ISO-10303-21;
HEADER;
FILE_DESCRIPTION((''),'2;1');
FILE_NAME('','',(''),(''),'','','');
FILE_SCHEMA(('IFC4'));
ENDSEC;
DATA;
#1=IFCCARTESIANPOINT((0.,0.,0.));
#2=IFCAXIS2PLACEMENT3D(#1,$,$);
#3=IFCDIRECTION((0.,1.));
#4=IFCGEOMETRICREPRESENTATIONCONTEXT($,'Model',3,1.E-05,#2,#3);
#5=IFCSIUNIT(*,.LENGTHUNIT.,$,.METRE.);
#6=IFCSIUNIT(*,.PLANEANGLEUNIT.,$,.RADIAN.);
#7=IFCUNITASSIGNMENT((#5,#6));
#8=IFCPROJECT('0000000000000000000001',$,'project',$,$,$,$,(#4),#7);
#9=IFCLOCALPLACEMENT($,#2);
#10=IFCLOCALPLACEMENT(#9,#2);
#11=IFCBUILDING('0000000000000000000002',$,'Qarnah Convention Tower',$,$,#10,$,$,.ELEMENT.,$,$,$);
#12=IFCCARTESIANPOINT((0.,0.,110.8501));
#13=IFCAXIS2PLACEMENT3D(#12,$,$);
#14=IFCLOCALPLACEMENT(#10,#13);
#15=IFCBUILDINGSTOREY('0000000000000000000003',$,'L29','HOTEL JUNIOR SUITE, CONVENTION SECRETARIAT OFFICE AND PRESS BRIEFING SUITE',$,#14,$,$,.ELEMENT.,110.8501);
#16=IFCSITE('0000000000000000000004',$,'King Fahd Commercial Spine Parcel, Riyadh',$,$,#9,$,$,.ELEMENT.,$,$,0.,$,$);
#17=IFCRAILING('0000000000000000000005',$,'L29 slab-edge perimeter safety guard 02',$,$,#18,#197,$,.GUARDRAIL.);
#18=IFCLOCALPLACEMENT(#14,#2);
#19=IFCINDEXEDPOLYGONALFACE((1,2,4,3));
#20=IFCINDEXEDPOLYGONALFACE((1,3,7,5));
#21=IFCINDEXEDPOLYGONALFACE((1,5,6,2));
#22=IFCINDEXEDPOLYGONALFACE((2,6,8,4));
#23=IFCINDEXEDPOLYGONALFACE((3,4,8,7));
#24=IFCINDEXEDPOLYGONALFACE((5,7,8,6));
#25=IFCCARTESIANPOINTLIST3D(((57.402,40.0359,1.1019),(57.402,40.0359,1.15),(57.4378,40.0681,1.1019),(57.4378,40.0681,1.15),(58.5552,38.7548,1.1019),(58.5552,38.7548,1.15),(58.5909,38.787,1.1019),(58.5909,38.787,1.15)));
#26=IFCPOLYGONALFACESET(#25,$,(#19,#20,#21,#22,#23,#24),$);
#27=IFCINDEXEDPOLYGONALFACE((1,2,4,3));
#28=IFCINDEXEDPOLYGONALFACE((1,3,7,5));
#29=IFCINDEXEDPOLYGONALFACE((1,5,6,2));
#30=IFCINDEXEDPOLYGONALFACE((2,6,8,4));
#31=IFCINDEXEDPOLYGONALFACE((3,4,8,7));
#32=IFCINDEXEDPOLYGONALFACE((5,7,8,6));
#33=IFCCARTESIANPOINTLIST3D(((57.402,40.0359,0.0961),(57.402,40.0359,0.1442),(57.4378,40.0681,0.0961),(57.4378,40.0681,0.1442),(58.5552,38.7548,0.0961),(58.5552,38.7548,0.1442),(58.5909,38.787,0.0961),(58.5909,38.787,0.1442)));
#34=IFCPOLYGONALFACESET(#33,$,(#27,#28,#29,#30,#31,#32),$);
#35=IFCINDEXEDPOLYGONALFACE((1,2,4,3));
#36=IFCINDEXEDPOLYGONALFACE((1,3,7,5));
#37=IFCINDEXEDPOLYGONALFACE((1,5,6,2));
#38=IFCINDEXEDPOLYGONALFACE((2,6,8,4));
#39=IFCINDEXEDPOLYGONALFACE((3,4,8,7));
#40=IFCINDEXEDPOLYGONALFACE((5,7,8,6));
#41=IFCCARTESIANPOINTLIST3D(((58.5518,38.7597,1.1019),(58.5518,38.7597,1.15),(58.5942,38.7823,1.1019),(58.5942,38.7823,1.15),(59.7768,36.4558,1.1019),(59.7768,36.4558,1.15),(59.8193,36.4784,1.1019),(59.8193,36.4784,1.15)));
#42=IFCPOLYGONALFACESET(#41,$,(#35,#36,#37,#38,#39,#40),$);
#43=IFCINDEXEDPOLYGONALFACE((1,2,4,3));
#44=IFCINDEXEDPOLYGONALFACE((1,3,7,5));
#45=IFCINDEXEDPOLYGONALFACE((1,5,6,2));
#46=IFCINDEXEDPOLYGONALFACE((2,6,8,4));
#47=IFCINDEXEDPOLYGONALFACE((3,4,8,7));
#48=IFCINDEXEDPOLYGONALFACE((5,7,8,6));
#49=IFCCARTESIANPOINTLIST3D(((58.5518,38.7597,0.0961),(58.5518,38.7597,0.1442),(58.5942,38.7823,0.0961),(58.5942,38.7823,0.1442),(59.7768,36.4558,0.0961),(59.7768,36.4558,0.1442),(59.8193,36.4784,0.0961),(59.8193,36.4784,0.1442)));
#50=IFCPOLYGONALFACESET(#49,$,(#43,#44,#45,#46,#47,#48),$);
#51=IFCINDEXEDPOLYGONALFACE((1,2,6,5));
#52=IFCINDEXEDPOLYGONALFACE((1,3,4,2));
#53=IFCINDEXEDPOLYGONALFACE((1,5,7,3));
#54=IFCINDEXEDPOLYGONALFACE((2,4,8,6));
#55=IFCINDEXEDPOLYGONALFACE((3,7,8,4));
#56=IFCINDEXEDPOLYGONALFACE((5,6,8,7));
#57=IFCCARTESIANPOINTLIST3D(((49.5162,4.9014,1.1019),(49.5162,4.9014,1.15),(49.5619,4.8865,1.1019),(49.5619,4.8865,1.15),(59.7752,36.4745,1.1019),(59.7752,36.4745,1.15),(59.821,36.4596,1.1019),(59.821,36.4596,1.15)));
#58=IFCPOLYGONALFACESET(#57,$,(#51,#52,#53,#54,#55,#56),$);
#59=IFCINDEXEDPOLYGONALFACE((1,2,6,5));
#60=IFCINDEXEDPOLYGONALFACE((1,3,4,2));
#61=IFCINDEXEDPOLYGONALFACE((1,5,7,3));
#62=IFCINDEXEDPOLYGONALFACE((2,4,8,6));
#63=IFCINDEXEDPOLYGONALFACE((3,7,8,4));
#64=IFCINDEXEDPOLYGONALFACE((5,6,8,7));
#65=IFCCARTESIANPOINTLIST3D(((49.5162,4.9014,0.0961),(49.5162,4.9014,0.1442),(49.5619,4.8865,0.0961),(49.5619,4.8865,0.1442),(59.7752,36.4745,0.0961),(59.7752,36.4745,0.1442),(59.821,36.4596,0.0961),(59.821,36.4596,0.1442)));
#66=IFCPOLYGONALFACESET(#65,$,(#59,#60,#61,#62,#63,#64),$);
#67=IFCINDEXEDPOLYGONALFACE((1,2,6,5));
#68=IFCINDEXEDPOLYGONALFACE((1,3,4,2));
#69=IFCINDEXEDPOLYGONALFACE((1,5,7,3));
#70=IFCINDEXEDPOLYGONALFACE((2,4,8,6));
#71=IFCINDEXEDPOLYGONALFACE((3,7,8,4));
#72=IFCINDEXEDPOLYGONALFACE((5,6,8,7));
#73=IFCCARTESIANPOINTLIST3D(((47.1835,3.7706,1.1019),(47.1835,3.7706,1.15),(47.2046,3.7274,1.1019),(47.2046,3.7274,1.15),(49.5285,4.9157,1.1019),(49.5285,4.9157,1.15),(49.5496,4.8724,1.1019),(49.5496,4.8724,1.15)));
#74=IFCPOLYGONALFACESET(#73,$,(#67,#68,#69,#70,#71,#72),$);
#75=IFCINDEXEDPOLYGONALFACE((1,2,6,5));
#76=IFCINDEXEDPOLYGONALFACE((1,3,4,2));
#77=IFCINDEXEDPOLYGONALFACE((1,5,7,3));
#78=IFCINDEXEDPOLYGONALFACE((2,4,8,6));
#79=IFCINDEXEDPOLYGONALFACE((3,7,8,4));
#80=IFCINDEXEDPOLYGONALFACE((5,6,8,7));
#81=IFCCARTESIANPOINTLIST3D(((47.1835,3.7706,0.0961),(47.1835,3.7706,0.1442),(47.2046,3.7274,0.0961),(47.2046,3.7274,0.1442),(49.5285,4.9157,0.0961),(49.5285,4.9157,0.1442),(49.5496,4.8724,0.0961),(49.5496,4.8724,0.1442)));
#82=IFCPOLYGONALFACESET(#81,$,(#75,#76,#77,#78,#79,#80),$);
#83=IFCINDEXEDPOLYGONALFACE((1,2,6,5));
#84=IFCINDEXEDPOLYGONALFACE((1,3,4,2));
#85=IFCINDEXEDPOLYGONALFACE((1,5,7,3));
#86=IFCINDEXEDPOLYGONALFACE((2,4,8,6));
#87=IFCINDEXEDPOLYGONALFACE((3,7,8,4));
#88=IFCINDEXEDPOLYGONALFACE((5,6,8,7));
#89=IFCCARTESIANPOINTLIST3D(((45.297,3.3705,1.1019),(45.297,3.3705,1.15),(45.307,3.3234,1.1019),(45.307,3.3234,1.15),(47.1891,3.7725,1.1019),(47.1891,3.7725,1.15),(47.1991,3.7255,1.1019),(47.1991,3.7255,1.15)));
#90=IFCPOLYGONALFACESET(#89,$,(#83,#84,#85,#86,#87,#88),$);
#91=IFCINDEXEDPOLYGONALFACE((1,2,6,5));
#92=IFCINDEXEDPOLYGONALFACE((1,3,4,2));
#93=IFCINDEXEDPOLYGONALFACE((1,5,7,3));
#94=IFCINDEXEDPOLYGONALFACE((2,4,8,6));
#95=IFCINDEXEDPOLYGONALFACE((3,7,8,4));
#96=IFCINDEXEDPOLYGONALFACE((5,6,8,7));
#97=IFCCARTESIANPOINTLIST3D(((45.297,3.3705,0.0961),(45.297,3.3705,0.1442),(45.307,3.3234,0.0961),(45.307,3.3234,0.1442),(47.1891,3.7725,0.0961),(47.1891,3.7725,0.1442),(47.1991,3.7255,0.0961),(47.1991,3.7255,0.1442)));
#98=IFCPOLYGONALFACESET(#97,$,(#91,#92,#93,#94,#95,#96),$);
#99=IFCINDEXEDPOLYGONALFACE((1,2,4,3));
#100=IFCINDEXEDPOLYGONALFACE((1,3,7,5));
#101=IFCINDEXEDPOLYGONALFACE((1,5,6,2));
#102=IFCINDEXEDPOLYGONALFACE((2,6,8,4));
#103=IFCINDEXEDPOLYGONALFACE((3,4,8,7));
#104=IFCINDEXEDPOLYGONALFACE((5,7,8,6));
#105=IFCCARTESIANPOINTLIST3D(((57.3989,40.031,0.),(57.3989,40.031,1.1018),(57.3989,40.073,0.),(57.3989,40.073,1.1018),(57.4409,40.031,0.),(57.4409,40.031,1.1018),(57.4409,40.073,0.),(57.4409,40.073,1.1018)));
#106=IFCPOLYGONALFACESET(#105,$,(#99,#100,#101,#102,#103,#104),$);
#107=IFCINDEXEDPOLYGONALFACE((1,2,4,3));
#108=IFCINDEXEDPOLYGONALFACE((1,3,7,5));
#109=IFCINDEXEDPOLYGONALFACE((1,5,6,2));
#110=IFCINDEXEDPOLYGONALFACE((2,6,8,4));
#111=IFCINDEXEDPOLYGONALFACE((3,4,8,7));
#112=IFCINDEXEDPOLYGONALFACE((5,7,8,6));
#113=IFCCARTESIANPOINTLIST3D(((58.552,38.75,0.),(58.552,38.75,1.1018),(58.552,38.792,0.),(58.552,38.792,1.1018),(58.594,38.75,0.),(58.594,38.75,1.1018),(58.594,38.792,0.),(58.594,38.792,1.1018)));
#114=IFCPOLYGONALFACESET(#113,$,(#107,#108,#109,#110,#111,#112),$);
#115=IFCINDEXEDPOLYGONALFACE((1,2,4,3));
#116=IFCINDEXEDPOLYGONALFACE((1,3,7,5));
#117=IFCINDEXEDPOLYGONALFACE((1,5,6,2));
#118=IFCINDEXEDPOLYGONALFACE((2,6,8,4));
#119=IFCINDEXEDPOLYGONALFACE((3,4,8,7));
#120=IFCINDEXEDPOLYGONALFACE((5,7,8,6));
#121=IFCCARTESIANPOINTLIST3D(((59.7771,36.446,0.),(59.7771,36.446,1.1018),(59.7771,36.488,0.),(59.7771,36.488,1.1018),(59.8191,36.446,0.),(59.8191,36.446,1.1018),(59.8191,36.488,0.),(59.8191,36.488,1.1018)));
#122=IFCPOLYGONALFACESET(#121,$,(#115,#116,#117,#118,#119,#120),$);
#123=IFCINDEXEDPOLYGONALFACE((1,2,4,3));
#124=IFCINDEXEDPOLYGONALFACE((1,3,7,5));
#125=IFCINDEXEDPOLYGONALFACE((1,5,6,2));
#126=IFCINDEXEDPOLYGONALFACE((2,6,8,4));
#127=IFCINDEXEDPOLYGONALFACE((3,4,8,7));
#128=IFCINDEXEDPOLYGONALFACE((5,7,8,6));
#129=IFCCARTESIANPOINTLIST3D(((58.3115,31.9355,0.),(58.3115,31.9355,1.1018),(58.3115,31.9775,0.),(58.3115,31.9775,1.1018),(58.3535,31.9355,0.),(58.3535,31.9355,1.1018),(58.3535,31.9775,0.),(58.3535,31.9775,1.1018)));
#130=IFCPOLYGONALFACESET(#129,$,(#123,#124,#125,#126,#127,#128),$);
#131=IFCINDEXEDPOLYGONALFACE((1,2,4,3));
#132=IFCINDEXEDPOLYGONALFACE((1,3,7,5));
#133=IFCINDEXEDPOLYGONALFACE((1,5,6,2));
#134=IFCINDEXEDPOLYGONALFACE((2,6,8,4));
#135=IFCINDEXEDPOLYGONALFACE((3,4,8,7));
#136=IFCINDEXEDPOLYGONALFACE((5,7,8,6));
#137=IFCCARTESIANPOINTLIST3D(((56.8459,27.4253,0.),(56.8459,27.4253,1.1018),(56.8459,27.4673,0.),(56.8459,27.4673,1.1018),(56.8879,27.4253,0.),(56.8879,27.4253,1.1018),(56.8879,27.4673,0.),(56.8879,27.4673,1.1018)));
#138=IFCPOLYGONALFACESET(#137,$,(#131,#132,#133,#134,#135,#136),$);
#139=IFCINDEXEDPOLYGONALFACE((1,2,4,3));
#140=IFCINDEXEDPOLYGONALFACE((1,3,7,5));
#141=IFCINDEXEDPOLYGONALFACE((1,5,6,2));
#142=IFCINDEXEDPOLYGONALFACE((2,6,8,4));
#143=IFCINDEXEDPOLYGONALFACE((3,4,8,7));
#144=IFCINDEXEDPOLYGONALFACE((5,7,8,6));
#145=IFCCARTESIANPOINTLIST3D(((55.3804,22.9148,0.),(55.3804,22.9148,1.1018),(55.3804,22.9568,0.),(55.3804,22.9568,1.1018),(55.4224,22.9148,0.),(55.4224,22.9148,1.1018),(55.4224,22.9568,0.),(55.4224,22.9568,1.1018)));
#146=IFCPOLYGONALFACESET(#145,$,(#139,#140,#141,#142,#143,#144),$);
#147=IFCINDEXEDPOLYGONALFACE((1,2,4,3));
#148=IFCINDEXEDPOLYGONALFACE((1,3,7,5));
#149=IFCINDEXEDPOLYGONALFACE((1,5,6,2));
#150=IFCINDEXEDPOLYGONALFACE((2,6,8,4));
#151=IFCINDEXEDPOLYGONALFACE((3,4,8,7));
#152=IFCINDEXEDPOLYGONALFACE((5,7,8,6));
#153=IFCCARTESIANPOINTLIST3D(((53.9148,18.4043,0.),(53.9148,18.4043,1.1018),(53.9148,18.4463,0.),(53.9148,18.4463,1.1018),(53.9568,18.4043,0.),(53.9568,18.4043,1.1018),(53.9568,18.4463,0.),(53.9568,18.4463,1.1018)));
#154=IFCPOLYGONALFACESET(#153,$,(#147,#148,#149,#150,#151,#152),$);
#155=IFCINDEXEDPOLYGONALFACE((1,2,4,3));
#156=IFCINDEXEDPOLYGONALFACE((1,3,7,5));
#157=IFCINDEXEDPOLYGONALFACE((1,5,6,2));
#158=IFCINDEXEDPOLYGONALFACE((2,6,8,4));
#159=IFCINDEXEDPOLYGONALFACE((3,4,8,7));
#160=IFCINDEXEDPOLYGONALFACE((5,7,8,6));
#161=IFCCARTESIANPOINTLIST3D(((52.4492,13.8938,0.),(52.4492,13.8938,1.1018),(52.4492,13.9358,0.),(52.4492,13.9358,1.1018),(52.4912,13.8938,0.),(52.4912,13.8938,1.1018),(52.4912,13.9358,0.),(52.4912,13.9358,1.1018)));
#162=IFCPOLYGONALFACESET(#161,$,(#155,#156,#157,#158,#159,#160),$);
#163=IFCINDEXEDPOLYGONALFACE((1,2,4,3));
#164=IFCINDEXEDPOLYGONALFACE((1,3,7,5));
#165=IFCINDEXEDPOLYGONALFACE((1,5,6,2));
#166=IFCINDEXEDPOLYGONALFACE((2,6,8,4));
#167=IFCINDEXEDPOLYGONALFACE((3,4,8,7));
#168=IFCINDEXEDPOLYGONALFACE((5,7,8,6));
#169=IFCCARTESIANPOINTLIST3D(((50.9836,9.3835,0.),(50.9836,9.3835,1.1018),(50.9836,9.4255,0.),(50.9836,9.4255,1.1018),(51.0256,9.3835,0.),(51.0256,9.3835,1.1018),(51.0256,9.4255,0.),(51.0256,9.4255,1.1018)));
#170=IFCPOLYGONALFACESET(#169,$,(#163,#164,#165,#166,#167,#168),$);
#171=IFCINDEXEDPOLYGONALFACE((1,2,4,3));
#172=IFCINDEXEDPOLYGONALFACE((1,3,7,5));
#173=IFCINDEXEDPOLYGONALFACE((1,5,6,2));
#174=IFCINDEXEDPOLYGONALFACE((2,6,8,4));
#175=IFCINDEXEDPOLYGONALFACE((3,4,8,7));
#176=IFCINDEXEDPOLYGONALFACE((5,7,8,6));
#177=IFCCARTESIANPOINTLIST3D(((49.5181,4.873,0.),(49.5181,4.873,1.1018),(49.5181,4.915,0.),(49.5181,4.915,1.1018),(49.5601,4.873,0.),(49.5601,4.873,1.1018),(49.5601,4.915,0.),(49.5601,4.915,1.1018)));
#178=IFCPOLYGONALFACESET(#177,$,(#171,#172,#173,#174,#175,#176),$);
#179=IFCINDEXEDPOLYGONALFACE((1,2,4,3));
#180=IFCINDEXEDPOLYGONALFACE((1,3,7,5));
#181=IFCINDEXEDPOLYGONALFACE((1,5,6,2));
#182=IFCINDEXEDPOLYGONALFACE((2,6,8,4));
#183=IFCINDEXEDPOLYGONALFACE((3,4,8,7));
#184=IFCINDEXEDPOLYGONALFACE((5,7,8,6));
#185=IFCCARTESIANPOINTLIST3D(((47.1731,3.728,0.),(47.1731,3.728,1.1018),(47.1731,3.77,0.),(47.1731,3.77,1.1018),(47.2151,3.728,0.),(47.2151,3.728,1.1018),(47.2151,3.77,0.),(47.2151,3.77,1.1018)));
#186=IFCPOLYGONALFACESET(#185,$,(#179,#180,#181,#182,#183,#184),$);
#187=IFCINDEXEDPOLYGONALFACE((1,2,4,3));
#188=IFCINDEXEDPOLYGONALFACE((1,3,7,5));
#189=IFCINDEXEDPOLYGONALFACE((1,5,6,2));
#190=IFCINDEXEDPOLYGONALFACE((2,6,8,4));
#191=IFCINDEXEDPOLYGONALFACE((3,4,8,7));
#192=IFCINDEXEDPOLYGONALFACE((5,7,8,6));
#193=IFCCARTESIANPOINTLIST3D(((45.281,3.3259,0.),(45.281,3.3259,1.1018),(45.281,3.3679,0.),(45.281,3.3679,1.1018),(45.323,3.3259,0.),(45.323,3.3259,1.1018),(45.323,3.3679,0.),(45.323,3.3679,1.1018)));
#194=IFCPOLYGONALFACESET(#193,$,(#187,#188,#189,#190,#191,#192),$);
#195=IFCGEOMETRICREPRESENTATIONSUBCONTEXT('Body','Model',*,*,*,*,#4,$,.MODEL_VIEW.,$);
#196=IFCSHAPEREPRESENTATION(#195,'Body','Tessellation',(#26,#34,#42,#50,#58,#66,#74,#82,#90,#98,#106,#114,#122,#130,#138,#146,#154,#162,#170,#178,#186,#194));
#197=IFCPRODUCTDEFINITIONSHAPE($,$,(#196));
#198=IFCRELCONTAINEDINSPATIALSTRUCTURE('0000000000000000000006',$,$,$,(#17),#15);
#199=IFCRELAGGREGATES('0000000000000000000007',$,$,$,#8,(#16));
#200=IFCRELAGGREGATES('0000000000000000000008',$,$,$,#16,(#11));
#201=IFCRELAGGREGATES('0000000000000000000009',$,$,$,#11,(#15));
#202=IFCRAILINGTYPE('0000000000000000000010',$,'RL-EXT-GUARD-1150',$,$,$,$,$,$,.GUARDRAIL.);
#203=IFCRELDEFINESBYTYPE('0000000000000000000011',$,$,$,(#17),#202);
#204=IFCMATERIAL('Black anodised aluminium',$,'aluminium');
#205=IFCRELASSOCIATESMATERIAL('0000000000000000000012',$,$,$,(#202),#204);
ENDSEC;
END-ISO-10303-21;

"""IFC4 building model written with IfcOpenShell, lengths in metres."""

from ifc_helpers import new_model, si_unit, direction, frame, origin, origin_2d, place, context, subcontext, project, spatial, rectangle, extrude, material, type_object, element, save


model = new_model("IFC4")

# Units and contexts
model_context = context("Model", 3, precision=1e-05, world=origin(), true_north=direction((0.0, 1.0)))
body_context = subcontext(model_context, "Body", "Model", "MODEL_VIEW")
ifc_project = project(units=[si_unit("LENGTHUNIT", "METRE"), si_unit("PLANEANGLEUNIT", "RADIAN")], contexts=[model_context])

# Site, building, storey
site_placement = place(None, origin())
site = spatial("IfcSite", under=ifc_project, at=site_placement, Name="King Fahd Commercial Spine Parcel, Riyadh", CompositionType="ELEMENT", RefElevation=0.0)
building_placement = place(site_placement, origin())
building = spatial("IfcBuilding", under=site, at=building_placement, Name="Qarnah Convention Tower", CompositionType="ELEMENT")
storey_placement = place(building_placement, frame((0.0, 0.0, 110.8501)))
storey = spatial("IfcBuildingStorey", under=building, at=storey_placement, Name="L29", Description="HOTEL JUNIOR SUITE, CONVENTION SECRETARIAT OFFICE AND PRESS BRIEFING SUITE", CompositionType="ELEMENT", Elevation=110.8501)

# Shared definitions
ifc_material_1 = material(Name="Black anodised aluminium", Category="aluminium")

# Railing
railing_type = type_object("IfcRailingType", Name="RL-EXT-GUARD-1150", PredefinedType="GUARDRAIL", material=ifc_material_1)
railing_1_placement = place(storey_placement, frame((57.4199, 40.052, 0.0)))
element("IfcRailing", 1, at=railing_1_placement, inside=storey, type_object=railing_type, Name="L29 slab-edge perimeter safety guard 02", PredefinedType="GUARDRAIL", context=body_context, shape_type="SweptSolid", body=[
    extrude(rectangle(XDim=0.0481, YDim=0.0481, at=origin_2d()), frame((0.0, 0.0, 1.126), z_axis=(0.66902, -0.743245, 0.0), x_axis=(0.743245, 0.66902, 0.0)), (0.0, 0.0, 1.0), 1.7236),
    extrude(rectangle(XDim=0.0481, YDim=0.0481, at=origin_2d()), frame((0.0, 0.0, 0.1201), z_axis=(0.66902, -0.743245, 0.0), x_axis=(0.743245, 0.66902, 0.0)), (0.0, 0.0, 1.0), 1.7236),
    extrude(rectangle(XDim=0.0481, YDim=0.0481, at=origin_2d()), frame((1.1531, -1.281, 1.126), z_axis=(0.46949, -0.882938, 0.0), x_axis=(0.882938, 0.46949, 0.0)), (0.0, 0.0, 1.0), 2.6094),
    extrude(rectangle(XDim=0.0481, YDim=0.0481, at=origin_2d()), frame((1.1531, -1.281, 0.1201), z_axis=(0.46949, -0.882938, 0.0), x_axis=(0.882938, 0.46949, 0.0)), (0.0, 0.0, 1.0), 2.6094),
    extrude(rectangle(XDim=0.0481, YDim=0.0481, at=origin_2d()), frame((2.3782, -3.585, 1.126), z_axis=(-0.309026, -0.951053, 0.0), x_axis=(0.951053, -0.309026, 0.0)), (0.0, 0.0, 1.0), 33.198),
    extrude(rectangle(XDim=0.0481, YDim=0.0481, at=origin_2d()), frame((2.3782, -3.585, 0.1201), z_axis=(-0.309026, -0.951053, 0.0), x_axis=(0.951053, -0.309026, 0.0)), (0.0, 0.0, 1.0), 33.198),
    extrude(rectangle(XDim=0.0481, YDim=0.0481, at=origin_2d()), frame((-7.8809, -35.158, 1.126), z_axis=(-0.898598, -0.438774, 0.0), x_axis=(0.438774, -0.898598, 0.0)), (0.0, 0.0, 1.0), 2.6096),
    extrude(rectangle(XDim=0.0481, YDim=0.0481, at=origin_2d()), frame((-7.8809, -35.158, 0.1201), z_axis=(-0.898598, -0.438774, 0.0), x_axis=(0.438774, -0.898598, 0.0)), (0.0, 0.0, 1.0), 2.6096),
    extrude(rectangle(XDim=0.0481, YDim=0.0481, at=origin_2d()), frame((-10.2258, -36.303, 1.126), z_axis=(-0.978156, -0.207874, 0.0), x_axis=(0.207874, -0.978156, 0.0)), (0.0, 0.0, 1.0), 1.9343),
    extrude(rectangle(XDim=0.0481, YDim=0.0481, at=origin_2d()), frame((-10.2258, -36.303, 0.1201), z_axis=(-0.978156, -0.207874, 0.0), x_axis=(0.207874, -0.978156, 0.0)), (0.0, 0.0, 1.0), 1.9343),
    extrude(rectangle(XDim=0.042, YDim=0.042, at=origin_2d()), origin(), (0.0, 0.0, 1.0), 1.1018),
    extrude(rectangle(XDim=0.042, YDim=0.042, at=origin_2d()), frame((1.1531, -1.281, 0.0)), (0.0, 0.0, 1.0), 1.1018),
    extrude(rectangle(XDim=0.042, YDim=0.042, at=origin_2d()), frame((2.3782, -3.585, 0.0)), (0.0, 0.0, 1.0), 1.1018),
    extrude(rectangle(XDim=0.042, YDim=0.042, at=origin_2d()), frame((0.9126, -8.0955, 0.0)), (0.0, 0.0, 1.0), 1.1018),
    extrude(rectangle(XDim=0.042, YDim=0.042, at=origin_2d()), frame((-0.553, -12.6057, 0.0)), (0.0, 0.0, 1.0), 1.1018),
    extrude(rectangle(XDim=0.042, YDim=0.042, at=origin_2d()), frame((-2.0186, -17.1162, 0.0)), (0.0, 0.0, 1.0), 1.1018),
    extrude(rectangle(XDim=0.042, YDim=0.042, at=origin_2d()), frame((-3.4841, -21.6267, 0.0)), (0.0, 0.0, 1.0), 1.1018),
    extrude(rectangle(XDim=0.042, YDim=0.042, at=origin_2d()), frame((-4.9497, -26.1372, 0.0)), (0.0, 0.0, 1.0), 1.1018),
    extrude(rectangle(XDim=0.042, YDim=0.042, at=origin_2d()), frame((-6.4153, -30.6475, 0.0)), (0.0, 0.0, 1.0), 1.1018),
    extrude(rectangle(XDim=0.042, YDim=0.042, at=origin_2d()), frame((-7.8809, -35.158, 0.0)), (0.0, 0.0, 1.0), 1.1018),
    extrude(rectangle(XDim=0.042, YDim=0.042, at=origin_2d()), frame((-10.2258, -36.303, 0.0)), (0.0, 0.0, 1.0), 1.1018),
    extrude(rectangle(XDim=0.042, YDim=0.042, at=origin_2d()), frame((-12.1179, -36.7051, 0.0)), (0.0, 0.0, 1.0), 1.1018),
])

save(model, "model.ifc")
